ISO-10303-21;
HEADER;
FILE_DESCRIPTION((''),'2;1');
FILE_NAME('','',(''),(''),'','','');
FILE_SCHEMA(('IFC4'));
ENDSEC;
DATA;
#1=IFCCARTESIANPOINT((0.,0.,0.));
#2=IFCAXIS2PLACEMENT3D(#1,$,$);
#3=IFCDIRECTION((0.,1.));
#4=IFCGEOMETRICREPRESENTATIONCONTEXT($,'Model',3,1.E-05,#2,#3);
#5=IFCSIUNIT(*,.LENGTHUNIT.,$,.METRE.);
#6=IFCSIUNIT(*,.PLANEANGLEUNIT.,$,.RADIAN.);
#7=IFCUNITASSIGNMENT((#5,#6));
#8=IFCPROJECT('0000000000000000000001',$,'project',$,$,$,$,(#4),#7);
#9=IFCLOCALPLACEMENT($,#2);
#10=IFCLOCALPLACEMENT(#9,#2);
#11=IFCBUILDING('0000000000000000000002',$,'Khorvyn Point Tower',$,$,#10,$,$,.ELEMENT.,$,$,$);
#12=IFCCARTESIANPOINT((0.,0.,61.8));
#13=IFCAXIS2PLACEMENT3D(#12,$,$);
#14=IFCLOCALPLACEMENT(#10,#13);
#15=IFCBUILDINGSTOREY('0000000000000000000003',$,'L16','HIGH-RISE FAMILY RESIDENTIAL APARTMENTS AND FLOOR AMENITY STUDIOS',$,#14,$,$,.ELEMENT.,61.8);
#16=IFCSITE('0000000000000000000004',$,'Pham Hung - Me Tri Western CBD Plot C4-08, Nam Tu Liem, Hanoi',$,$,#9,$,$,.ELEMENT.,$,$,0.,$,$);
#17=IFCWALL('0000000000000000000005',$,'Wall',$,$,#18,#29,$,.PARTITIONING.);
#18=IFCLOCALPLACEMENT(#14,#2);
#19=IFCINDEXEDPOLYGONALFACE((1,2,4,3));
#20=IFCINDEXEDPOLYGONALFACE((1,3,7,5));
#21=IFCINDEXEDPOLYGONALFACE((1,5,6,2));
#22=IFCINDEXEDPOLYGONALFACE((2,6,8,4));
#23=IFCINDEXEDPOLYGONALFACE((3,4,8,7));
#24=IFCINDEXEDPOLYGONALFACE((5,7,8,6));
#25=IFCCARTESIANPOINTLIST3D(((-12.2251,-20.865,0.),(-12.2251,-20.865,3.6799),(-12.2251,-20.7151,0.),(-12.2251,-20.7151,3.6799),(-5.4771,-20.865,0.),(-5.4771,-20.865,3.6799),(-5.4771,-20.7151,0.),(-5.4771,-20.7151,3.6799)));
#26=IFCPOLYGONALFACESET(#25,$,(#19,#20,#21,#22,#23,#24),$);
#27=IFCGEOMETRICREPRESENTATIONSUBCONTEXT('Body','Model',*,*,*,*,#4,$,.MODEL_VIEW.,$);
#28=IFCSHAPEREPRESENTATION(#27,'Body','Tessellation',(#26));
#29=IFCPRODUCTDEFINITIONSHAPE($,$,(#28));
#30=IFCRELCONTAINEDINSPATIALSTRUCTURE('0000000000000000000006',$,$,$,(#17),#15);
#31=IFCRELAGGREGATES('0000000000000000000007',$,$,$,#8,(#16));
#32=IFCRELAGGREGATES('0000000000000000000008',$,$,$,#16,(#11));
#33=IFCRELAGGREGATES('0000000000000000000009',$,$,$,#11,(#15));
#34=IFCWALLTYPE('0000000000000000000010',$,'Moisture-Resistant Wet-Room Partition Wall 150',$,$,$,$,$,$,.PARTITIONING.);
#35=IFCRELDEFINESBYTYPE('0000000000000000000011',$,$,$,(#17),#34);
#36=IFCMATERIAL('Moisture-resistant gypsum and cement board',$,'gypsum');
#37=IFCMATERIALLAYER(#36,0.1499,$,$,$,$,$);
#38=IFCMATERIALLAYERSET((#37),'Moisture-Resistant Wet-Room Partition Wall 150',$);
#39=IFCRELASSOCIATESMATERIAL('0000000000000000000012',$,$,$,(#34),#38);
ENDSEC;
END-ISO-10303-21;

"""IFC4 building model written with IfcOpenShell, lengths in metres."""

from ifc_helpers import new_model, si_unit, direction, frame, frame_2d, origin, place, context, subcontext, project, spatial, rectangle, extrude, material, layer, layer_set, type_object, element, save


model = new_model("IFC4")

# Units and contexts
model_context = context("Model", 3, precision=1e-05, world=origin(), true_north=direction((0.0, 1.0)))
body_context = subcontext(model_context, "Body", "Model", "MODEL_VIEW")
ifc_project = project(units=[si_unit("LENGTHUNIT", "METRE"), si_unit("PLANEANGLEUNIT", "RADIAN")], contexts=[model_context])

# Site, building, storey
site_placement = place(None, origin())
site = spatial("IfcSite", under=ifc_project, at=site_placement, Name="Pham Hung - Me Tri Western CBD Plot C4-08, Nam Tu Liem, Hanoi", CompositionType="ELEMENT", RefElevation=0.0)
building_placement = place(site_placement, origin())
building = spatial("IfcBuilding", under=site, at=building_placement, Name="Khorvyn Point Tower", CompositionType="ELEMENT")
storey_placement = place(building_placement, frame((0.0, 0.0, 61.8)))
storey = spatial("IfcBuildingStorey", under=building, at=storey_placement, Name="L16", Description="HIGH-RISE FAMILY RESIDENTIAL APARTMENTS AND FLOOR AMENITY STUDIOS", CompositionType="ELEMENT", Elevation=61.8)

# Shared definitions
ifc_material_1 = material(Name="Moisture-resistant gypsum and cement board", Category="gypsum")
ifc_layer_1 = layer(ifc_material_1, 0.1499)
ifc_layer_set_1 = layer_set([ifc_layer_1], Name="Moisture-Resistant Wet-Room Partition Wall 150")
wall_type_1 = type_object("IfcWallType", Name="Moisture-Resistant Wet-Room Partition Wall 150", PredefinedType="PARTITIONING", material=ifc_layer_set_1)

# Wall
wall_1_placement = place(storey_placement, frame((-12.2251, -20.79, 0.0), z_axis=(0.0, 0.0, 1.0), x_axis=(1.0, 0.0, 0.0)))
element("IfcWall", 1, at=wall_1_placement, inside=storey, type_object=wall_type_1, Name="Wall", PredefinedType="PARTITIONING", context=body_context, shape_type="SweptSolid", body=[
    extrude(rectangle(XDim=6.748, YDim=0.1499, at=frame_2d((3.374, 0.0))), origin(), (0.0, 0.0, 1.0), 3.6799),
])

save(model, "model.ifc")
